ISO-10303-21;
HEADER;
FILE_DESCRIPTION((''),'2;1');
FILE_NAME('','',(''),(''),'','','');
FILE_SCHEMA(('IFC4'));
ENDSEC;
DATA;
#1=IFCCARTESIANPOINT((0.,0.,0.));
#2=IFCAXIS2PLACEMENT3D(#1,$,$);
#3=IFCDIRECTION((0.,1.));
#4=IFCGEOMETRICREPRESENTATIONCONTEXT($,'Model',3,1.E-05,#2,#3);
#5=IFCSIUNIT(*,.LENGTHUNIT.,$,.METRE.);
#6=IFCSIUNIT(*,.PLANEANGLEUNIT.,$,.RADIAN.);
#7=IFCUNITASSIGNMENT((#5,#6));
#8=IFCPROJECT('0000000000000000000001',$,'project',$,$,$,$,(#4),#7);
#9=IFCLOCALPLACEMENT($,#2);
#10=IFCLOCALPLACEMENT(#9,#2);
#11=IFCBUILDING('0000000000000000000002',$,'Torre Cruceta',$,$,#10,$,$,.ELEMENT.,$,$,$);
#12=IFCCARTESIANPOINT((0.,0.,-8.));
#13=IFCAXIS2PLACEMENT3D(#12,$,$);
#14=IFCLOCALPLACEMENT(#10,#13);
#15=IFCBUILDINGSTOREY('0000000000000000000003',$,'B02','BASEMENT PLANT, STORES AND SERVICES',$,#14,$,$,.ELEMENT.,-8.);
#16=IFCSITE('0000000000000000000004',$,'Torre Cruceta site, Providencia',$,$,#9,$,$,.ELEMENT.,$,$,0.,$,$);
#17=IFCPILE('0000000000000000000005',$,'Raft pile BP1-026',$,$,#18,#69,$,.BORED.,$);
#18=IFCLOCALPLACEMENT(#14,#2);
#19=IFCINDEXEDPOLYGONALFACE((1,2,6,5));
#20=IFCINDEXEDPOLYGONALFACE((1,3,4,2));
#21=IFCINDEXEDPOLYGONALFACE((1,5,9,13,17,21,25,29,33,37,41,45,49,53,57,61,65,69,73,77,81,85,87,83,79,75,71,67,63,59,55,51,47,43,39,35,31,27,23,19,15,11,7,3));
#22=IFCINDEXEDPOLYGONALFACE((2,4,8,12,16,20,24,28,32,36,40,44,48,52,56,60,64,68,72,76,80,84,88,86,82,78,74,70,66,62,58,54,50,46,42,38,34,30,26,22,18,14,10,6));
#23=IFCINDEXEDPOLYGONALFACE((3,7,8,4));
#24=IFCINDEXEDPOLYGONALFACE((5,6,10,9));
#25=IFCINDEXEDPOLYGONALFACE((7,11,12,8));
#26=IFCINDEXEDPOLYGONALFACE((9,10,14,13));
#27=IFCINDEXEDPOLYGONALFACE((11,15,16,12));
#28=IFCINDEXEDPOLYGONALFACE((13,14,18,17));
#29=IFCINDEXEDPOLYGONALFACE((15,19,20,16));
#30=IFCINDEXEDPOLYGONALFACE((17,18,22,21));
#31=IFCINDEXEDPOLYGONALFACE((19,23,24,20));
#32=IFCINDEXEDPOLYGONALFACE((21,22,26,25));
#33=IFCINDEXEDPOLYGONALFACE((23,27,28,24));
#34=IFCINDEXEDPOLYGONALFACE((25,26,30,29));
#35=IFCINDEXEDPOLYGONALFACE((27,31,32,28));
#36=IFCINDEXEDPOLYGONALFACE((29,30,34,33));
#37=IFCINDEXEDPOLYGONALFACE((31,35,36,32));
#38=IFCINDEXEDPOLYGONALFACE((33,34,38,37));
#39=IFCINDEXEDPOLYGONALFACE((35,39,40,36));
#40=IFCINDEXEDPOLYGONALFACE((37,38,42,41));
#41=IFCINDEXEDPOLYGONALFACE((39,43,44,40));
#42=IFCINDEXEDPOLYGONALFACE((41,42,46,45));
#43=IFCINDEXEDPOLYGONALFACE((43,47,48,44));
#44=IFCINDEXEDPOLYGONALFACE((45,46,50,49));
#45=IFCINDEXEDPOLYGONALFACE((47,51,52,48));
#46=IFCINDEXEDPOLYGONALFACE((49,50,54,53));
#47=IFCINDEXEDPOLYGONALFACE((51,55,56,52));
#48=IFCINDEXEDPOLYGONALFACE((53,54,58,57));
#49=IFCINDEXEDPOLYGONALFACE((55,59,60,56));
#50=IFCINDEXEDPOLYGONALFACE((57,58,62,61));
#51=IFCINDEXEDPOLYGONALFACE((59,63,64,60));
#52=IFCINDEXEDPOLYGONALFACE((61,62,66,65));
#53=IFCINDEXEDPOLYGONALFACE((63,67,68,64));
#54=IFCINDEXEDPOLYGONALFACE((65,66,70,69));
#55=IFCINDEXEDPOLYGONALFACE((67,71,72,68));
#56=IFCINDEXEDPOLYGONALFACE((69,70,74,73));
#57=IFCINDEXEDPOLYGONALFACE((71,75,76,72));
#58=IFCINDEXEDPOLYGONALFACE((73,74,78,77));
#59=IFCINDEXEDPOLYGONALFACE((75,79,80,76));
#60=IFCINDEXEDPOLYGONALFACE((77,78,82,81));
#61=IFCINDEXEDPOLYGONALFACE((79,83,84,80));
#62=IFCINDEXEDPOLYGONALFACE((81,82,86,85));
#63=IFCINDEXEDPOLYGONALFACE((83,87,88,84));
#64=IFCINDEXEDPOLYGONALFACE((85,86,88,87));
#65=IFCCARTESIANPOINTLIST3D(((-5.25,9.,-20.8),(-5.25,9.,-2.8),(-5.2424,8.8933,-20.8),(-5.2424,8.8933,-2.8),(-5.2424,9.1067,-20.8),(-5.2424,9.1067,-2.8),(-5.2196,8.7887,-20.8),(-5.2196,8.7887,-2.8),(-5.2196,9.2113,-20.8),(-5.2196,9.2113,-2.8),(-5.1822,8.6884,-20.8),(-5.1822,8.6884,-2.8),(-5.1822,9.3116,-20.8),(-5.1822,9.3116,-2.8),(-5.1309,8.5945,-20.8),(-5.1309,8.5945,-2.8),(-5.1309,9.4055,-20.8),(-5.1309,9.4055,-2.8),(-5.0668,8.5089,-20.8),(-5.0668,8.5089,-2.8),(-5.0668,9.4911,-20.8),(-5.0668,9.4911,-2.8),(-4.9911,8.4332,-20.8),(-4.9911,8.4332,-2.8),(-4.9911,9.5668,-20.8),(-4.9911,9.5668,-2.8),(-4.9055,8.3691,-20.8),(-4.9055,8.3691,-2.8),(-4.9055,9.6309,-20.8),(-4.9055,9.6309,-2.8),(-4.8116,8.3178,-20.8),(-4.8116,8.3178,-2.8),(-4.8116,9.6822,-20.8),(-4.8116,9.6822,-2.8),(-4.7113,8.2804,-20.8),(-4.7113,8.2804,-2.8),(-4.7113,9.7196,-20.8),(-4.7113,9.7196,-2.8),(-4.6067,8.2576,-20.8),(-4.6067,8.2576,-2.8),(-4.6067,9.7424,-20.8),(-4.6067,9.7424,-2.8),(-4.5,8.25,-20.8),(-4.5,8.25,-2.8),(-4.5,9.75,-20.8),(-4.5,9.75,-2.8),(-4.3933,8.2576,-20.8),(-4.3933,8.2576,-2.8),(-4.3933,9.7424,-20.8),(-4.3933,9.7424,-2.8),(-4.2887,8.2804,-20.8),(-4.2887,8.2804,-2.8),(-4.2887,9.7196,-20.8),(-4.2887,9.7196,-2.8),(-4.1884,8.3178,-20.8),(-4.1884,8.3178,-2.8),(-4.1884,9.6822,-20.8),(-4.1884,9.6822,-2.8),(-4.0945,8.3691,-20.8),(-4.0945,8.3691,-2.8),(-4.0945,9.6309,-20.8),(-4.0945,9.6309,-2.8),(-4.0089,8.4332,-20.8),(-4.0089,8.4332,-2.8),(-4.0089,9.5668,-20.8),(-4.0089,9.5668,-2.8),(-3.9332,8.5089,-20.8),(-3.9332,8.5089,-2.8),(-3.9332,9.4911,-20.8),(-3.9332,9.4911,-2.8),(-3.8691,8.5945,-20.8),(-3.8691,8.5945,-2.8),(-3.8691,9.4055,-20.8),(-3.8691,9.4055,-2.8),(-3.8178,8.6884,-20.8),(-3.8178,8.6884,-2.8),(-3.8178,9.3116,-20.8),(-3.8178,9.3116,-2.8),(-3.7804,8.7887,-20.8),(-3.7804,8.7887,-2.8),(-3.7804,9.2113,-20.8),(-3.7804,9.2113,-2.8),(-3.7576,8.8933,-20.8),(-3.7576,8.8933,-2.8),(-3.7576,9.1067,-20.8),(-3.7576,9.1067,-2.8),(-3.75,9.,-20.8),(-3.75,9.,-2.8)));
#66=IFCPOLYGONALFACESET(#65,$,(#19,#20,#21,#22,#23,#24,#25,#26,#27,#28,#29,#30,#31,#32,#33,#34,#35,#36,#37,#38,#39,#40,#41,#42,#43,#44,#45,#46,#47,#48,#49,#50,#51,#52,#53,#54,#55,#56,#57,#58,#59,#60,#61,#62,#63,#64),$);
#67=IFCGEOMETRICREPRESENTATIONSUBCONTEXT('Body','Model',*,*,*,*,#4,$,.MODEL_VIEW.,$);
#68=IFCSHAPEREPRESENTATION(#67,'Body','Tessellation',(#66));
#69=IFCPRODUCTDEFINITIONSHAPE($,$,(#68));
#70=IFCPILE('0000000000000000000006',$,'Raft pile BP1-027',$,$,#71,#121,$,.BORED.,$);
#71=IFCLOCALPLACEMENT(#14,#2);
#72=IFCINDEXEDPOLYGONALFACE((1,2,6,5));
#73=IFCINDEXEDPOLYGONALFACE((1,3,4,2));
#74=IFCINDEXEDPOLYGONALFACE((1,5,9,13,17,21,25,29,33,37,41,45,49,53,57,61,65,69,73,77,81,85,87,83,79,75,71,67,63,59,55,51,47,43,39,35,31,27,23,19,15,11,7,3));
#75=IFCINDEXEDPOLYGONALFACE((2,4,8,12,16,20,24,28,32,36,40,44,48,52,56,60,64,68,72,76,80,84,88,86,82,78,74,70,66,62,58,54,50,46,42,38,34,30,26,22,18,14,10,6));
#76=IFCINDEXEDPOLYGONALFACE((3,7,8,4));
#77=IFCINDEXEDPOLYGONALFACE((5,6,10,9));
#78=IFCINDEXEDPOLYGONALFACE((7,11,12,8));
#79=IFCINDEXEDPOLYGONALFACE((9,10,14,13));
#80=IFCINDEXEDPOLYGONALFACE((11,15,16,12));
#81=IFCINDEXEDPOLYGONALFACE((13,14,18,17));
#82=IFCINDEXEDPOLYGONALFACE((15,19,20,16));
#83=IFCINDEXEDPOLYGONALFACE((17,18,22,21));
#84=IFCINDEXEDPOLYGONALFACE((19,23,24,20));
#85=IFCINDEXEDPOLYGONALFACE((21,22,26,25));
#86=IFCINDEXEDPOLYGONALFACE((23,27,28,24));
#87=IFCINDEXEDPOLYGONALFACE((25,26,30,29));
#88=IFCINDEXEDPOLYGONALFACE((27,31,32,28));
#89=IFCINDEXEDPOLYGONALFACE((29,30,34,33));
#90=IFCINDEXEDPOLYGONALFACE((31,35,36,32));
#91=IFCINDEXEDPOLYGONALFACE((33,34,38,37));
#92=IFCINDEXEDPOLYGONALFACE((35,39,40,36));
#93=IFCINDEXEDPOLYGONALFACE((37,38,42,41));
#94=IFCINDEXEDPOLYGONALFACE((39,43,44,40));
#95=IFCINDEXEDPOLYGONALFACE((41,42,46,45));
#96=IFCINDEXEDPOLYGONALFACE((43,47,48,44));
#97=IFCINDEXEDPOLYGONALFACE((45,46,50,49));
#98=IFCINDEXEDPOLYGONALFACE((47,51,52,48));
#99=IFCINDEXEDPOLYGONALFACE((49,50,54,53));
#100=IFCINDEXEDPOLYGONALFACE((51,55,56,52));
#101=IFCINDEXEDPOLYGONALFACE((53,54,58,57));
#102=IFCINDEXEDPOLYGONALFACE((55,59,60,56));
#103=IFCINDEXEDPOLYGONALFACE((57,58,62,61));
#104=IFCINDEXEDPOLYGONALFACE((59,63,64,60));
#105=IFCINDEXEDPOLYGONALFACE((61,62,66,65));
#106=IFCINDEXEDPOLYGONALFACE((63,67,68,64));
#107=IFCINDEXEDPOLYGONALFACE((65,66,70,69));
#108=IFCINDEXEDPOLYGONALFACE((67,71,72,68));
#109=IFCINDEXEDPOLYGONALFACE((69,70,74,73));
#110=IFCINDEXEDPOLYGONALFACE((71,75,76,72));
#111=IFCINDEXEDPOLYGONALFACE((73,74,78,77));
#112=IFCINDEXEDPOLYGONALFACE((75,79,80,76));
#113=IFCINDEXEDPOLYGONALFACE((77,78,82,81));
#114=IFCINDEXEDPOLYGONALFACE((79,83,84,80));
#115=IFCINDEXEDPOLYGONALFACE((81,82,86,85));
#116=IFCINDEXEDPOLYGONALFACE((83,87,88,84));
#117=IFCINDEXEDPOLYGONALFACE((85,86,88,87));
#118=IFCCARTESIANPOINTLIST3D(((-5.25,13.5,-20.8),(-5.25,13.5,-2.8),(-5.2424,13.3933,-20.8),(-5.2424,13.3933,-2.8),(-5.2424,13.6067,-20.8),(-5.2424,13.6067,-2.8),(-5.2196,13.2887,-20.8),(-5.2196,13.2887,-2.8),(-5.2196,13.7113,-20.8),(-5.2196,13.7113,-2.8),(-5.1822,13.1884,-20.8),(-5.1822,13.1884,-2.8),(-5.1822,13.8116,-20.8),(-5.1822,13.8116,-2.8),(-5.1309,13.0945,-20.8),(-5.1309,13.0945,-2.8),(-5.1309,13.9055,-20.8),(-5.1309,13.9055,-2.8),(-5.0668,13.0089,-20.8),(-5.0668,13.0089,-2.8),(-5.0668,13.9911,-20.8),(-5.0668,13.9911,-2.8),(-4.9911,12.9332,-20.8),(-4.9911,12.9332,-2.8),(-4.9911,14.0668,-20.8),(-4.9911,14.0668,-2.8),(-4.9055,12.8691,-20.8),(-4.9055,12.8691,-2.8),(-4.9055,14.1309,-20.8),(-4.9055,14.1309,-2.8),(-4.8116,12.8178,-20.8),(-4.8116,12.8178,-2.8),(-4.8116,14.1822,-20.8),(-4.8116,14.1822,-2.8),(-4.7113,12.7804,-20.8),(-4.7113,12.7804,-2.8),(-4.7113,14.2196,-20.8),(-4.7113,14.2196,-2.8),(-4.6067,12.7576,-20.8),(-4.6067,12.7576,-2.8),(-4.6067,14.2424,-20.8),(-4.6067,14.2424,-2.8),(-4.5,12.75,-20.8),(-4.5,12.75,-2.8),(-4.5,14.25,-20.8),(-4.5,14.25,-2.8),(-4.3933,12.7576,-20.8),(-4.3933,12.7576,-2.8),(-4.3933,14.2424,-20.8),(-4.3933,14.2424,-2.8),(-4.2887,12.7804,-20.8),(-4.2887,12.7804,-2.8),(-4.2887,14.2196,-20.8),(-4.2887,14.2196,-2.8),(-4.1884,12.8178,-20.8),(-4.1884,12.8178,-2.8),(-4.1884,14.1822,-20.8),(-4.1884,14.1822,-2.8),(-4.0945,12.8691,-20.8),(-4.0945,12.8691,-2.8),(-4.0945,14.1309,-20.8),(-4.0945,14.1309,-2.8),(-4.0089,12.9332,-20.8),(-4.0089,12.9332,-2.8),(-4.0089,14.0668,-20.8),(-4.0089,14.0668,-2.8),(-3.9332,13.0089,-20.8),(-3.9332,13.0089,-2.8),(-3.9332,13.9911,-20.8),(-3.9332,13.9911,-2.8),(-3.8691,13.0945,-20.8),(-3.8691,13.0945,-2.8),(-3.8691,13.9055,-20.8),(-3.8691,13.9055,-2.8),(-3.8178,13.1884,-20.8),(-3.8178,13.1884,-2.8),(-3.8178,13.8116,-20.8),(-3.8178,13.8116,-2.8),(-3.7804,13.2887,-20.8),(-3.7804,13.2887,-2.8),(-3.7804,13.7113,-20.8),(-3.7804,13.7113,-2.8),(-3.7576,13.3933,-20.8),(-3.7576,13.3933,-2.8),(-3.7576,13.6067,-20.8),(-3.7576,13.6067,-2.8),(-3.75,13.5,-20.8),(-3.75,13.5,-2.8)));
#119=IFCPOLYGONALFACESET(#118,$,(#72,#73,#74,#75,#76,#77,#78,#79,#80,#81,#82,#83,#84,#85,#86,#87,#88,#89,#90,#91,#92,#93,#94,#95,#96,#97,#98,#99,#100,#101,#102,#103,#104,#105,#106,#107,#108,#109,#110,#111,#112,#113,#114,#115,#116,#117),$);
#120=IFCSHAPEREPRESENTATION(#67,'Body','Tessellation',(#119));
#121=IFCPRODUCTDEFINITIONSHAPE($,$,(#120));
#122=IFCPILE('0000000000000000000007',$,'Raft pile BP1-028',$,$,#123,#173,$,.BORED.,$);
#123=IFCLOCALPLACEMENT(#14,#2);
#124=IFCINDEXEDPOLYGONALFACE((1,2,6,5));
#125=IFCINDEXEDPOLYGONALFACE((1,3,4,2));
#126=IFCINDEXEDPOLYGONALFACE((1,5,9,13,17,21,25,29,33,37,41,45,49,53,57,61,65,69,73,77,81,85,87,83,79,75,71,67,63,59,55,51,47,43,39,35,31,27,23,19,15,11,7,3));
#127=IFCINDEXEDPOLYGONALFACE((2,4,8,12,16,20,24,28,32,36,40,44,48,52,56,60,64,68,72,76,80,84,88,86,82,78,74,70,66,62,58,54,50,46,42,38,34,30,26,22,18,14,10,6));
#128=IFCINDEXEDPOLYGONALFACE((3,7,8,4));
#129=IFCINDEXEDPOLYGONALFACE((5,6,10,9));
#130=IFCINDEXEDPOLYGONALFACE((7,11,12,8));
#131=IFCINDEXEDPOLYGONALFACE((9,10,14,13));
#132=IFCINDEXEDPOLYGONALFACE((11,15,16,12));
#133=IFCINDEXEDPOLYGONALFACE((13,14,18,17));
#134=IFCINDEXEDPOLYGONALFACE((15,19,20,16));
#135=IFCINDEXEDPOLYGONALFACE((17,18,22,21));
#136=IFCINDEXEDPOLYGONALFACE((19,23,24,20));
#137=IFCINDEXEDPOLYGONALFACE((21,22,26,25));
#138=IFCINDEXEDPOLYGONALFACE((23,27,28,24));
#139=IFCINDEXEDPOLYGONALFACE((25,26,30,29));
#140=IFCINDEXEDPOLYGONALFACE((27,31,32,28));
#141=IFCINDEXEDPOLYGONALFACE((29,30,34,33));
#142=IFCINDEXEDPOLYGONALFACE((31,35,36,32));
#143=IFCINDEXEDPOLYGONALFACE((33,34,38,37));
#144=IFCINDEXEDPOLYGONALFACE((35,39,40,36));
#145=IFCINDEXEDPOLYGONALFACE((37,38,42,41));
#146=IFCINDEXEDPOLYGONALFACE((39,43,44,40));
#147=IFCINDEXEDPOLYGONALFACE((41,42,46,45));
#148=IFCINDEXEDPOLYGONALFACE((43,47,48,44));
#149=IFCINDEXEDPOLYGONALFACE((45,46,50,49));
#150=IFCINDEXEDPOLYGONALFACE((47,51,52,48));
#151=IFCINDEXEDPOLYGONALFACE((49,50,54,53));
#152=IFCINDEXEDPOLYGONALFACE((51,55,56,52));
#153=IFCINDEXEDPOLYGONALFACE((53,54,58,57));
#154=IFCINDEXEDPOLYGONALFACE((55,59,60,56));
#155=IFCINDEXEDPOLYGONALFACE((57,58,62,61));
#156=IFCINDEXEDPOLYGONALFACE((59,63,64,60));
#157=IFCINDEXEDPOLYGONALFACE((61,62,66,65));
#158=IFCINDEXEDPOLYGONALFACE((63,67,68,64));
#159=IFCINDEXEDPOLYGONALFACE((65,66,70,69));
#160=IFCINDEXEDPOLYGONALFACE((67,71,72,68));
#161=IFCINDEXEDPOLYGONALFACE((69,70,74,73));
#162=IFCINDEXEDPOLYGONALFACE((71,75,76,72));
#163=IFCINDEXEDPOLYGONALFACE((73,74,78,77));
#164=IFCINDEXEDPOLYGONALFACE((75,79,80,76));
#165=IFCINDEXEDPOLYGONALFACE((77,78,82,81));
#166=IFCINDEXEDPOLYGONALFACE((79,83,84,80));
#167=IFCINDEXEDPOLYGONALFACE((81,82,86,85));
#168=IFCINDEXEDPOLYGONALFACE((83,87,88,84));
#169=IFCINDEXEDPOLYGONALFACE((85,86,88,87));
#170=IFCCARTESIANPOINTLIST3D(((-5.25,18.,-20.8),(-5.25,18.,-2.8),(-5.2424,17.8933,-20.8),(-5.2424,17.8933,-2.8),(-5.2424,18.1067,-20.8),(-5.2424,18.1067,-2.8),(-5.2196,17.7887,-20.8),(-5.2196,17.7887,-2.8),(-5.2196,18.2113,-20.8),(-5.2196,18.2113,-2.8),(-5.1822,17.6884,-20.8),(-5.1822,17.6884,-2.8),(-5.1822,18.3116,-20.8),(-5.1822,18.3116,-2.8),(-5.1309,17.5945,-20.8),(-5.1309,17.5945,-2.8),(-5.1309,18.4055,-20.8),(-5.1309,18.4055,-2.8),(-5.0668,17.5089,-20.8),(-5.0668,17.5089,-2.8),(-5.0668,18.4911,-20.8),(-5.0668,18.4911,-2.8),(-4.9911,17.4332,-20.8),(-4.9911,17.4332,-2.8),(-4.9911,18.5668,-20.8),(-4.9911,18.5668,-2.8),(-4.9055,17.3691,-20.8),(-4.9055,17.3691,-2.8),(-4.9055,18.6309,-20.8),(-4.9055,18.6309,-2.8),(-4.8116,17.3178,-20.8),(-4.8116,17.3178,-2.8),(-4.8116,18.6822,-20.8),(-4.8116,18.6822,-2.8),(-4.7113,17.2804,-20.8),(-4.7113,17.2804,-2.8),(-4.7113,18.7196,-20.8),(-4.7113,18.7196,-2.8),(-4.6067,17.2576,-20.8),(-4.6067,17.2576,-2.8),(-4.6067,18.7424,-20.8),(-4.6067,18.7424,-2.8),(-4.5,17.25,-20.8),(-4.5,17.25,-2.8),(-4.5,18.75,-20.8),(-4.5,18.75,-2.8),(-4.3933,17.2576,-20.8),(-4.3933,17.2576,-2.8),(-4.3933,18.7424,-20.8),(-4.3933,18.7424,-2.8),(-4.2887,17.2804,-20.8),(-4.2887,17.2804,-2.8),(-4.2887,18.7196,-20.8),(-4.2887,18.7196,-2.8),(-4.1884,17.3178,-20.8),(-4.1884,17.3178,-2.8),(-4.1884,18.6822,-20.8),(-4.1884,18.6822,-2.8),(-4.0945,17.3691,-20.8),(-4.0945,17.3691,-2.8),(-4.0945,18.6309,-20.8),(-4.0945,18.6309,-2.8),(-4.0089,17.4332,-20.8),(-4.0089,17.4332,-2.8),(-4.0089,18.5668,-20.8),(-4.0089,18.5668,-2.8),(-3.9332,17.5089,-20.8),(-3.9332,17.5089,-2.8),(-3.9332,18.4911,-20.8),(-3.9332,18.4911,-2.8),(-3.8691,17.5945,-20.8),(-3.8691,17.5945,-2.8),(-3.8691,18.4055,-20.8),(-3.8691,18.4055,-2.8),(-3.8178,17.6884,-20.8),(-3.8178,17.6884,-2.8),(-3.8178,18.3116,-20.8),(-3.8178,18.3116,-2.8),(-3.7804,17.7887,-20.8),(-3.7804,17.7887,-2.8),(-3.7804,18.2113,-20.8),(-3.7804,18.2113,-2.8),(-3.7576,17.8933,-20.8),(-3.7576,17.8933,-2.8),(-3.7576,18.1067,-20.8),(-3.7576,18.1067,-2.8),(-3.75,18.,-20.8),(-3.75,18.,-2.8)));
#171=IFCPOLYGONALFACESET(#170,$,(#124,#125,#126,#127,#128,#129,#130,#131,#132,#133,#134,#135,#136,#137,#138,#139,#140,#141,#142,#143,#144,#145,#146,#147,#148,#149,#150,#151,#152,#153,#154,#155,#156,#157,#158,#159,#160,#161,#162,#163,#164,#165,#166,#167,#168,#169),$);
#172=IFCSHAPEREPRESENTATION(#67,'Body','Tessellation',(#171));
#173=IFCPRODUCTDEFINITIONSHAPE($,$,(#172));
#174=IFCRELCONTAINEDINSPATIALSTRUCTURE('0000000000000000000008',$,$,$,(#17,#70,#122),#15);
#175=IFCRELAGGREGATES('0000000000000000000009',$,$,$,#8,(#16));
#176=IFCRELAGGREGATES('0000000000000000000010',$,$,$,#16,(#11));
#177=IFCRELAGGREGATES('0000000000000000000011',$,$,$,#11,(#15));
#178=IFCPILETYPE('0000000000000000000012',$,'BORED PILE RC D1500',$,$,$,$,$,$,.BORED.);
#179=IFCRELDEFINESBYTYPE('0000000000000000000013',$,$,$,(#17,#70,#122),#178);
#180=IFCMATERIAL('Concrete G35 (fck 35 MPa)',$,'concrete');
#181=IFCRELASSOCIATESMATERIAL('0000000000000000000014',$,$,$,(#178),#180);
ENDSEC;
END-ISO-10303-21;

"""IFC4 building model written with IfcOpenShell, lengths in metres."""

from ifc_helpers import new_model, si_unit, direction, frame, origin, origin_2d, place, context, subcontext, project, spatial, circle, extrude, material, material_profile, profile_set, type_object, element, save


model = new_model("IFC4")

# Units and contexts
model_context = context("Model", 3, precision=1e-05, world=origin(), true_north=direction((0.0, 1.0)))
body_context = subcontext(model_context, "Body", "Model", "MODEL_VIEW")
ifc_project = project(units=[si_unit("LENGTHUNIT", "METRE"), si_unit("PLANEANGLEUNIT", "RADIAN")], contexts=[model_context])

# Site, building, storey
site_placement = place(None, origin())
site = spatial("IfcSite", under=ifc_project, at=site_placement, Name="Torre Cruceta site, Providencia", CompositionType="ELEMENT", RefElevation=0.0)
building_placement = place(site_placement, origin())
building = spatial("IfcBuilding", under=site, at=building_placement, Name="Torre Cruceta", CompositionType="ELEMENT")
storey_placement = place(building_placement, frame((0.0, 0.0, -8.0)))
storey = spatial("IfcBuildingStorey", under=building, at=storey_placement, Name="B02", Description="BASEMENT PLANT, STORES AND SERVICES", CompositionType="ELEMENT", Elevation=-8.0)

# Piles
ifc_material_1 = material(Name="Concrete G35 (fck 35 MPa)", Category="concrete")
ifc_material_profile_1 = material_profile(ifc_material_1, circle(Radius=0.75, at=origin_2d()), Name="RC D1500")
ifc_profile_set_1 = profile_set([ifc_material_profile_1], Name="Concrete G35 (fck 35 MPa)")
pile_type_1 = type_object("IfcPileType", Name="BORED PILE RC D1500", PredefinedType="BORED", material=ifc_profile_set_1)
for number, where, z_axis, x_axis, name in (
    (1, (-4.5, 9.0, -2.8), (0.0, 0.0, -1.0), (1.0, 0.0, 0.0), "Raft pile BP1-026"),
    (2, (-4.5, 13.5, -2.8), (0.0, 0.0, -1.0), (1.0, 0.0, 0.0), "Raft pile BP1-027"),
    (3, (-4.5, 18.0, -2.8), (0.0, 0.0, -1.0), (1.0, 0.0, 0.0), "Raft pile BP1-028"),
):
    element("IfcPile", number, at=place(storey_placement, frame(where, z_axis=z_axis, x_axis=x_axis)), inside=storey, type_object=pile_type_1, Name=name, PredefinedType="BORED", context=body_context, shape_type="SweptSolid", body=[
        extrude(circle(Radius=0.75, at=origin_2d()), origin(), (0.0, 0.0, 1.0), 18.0),
    ])

save(model, "model.ifc")
